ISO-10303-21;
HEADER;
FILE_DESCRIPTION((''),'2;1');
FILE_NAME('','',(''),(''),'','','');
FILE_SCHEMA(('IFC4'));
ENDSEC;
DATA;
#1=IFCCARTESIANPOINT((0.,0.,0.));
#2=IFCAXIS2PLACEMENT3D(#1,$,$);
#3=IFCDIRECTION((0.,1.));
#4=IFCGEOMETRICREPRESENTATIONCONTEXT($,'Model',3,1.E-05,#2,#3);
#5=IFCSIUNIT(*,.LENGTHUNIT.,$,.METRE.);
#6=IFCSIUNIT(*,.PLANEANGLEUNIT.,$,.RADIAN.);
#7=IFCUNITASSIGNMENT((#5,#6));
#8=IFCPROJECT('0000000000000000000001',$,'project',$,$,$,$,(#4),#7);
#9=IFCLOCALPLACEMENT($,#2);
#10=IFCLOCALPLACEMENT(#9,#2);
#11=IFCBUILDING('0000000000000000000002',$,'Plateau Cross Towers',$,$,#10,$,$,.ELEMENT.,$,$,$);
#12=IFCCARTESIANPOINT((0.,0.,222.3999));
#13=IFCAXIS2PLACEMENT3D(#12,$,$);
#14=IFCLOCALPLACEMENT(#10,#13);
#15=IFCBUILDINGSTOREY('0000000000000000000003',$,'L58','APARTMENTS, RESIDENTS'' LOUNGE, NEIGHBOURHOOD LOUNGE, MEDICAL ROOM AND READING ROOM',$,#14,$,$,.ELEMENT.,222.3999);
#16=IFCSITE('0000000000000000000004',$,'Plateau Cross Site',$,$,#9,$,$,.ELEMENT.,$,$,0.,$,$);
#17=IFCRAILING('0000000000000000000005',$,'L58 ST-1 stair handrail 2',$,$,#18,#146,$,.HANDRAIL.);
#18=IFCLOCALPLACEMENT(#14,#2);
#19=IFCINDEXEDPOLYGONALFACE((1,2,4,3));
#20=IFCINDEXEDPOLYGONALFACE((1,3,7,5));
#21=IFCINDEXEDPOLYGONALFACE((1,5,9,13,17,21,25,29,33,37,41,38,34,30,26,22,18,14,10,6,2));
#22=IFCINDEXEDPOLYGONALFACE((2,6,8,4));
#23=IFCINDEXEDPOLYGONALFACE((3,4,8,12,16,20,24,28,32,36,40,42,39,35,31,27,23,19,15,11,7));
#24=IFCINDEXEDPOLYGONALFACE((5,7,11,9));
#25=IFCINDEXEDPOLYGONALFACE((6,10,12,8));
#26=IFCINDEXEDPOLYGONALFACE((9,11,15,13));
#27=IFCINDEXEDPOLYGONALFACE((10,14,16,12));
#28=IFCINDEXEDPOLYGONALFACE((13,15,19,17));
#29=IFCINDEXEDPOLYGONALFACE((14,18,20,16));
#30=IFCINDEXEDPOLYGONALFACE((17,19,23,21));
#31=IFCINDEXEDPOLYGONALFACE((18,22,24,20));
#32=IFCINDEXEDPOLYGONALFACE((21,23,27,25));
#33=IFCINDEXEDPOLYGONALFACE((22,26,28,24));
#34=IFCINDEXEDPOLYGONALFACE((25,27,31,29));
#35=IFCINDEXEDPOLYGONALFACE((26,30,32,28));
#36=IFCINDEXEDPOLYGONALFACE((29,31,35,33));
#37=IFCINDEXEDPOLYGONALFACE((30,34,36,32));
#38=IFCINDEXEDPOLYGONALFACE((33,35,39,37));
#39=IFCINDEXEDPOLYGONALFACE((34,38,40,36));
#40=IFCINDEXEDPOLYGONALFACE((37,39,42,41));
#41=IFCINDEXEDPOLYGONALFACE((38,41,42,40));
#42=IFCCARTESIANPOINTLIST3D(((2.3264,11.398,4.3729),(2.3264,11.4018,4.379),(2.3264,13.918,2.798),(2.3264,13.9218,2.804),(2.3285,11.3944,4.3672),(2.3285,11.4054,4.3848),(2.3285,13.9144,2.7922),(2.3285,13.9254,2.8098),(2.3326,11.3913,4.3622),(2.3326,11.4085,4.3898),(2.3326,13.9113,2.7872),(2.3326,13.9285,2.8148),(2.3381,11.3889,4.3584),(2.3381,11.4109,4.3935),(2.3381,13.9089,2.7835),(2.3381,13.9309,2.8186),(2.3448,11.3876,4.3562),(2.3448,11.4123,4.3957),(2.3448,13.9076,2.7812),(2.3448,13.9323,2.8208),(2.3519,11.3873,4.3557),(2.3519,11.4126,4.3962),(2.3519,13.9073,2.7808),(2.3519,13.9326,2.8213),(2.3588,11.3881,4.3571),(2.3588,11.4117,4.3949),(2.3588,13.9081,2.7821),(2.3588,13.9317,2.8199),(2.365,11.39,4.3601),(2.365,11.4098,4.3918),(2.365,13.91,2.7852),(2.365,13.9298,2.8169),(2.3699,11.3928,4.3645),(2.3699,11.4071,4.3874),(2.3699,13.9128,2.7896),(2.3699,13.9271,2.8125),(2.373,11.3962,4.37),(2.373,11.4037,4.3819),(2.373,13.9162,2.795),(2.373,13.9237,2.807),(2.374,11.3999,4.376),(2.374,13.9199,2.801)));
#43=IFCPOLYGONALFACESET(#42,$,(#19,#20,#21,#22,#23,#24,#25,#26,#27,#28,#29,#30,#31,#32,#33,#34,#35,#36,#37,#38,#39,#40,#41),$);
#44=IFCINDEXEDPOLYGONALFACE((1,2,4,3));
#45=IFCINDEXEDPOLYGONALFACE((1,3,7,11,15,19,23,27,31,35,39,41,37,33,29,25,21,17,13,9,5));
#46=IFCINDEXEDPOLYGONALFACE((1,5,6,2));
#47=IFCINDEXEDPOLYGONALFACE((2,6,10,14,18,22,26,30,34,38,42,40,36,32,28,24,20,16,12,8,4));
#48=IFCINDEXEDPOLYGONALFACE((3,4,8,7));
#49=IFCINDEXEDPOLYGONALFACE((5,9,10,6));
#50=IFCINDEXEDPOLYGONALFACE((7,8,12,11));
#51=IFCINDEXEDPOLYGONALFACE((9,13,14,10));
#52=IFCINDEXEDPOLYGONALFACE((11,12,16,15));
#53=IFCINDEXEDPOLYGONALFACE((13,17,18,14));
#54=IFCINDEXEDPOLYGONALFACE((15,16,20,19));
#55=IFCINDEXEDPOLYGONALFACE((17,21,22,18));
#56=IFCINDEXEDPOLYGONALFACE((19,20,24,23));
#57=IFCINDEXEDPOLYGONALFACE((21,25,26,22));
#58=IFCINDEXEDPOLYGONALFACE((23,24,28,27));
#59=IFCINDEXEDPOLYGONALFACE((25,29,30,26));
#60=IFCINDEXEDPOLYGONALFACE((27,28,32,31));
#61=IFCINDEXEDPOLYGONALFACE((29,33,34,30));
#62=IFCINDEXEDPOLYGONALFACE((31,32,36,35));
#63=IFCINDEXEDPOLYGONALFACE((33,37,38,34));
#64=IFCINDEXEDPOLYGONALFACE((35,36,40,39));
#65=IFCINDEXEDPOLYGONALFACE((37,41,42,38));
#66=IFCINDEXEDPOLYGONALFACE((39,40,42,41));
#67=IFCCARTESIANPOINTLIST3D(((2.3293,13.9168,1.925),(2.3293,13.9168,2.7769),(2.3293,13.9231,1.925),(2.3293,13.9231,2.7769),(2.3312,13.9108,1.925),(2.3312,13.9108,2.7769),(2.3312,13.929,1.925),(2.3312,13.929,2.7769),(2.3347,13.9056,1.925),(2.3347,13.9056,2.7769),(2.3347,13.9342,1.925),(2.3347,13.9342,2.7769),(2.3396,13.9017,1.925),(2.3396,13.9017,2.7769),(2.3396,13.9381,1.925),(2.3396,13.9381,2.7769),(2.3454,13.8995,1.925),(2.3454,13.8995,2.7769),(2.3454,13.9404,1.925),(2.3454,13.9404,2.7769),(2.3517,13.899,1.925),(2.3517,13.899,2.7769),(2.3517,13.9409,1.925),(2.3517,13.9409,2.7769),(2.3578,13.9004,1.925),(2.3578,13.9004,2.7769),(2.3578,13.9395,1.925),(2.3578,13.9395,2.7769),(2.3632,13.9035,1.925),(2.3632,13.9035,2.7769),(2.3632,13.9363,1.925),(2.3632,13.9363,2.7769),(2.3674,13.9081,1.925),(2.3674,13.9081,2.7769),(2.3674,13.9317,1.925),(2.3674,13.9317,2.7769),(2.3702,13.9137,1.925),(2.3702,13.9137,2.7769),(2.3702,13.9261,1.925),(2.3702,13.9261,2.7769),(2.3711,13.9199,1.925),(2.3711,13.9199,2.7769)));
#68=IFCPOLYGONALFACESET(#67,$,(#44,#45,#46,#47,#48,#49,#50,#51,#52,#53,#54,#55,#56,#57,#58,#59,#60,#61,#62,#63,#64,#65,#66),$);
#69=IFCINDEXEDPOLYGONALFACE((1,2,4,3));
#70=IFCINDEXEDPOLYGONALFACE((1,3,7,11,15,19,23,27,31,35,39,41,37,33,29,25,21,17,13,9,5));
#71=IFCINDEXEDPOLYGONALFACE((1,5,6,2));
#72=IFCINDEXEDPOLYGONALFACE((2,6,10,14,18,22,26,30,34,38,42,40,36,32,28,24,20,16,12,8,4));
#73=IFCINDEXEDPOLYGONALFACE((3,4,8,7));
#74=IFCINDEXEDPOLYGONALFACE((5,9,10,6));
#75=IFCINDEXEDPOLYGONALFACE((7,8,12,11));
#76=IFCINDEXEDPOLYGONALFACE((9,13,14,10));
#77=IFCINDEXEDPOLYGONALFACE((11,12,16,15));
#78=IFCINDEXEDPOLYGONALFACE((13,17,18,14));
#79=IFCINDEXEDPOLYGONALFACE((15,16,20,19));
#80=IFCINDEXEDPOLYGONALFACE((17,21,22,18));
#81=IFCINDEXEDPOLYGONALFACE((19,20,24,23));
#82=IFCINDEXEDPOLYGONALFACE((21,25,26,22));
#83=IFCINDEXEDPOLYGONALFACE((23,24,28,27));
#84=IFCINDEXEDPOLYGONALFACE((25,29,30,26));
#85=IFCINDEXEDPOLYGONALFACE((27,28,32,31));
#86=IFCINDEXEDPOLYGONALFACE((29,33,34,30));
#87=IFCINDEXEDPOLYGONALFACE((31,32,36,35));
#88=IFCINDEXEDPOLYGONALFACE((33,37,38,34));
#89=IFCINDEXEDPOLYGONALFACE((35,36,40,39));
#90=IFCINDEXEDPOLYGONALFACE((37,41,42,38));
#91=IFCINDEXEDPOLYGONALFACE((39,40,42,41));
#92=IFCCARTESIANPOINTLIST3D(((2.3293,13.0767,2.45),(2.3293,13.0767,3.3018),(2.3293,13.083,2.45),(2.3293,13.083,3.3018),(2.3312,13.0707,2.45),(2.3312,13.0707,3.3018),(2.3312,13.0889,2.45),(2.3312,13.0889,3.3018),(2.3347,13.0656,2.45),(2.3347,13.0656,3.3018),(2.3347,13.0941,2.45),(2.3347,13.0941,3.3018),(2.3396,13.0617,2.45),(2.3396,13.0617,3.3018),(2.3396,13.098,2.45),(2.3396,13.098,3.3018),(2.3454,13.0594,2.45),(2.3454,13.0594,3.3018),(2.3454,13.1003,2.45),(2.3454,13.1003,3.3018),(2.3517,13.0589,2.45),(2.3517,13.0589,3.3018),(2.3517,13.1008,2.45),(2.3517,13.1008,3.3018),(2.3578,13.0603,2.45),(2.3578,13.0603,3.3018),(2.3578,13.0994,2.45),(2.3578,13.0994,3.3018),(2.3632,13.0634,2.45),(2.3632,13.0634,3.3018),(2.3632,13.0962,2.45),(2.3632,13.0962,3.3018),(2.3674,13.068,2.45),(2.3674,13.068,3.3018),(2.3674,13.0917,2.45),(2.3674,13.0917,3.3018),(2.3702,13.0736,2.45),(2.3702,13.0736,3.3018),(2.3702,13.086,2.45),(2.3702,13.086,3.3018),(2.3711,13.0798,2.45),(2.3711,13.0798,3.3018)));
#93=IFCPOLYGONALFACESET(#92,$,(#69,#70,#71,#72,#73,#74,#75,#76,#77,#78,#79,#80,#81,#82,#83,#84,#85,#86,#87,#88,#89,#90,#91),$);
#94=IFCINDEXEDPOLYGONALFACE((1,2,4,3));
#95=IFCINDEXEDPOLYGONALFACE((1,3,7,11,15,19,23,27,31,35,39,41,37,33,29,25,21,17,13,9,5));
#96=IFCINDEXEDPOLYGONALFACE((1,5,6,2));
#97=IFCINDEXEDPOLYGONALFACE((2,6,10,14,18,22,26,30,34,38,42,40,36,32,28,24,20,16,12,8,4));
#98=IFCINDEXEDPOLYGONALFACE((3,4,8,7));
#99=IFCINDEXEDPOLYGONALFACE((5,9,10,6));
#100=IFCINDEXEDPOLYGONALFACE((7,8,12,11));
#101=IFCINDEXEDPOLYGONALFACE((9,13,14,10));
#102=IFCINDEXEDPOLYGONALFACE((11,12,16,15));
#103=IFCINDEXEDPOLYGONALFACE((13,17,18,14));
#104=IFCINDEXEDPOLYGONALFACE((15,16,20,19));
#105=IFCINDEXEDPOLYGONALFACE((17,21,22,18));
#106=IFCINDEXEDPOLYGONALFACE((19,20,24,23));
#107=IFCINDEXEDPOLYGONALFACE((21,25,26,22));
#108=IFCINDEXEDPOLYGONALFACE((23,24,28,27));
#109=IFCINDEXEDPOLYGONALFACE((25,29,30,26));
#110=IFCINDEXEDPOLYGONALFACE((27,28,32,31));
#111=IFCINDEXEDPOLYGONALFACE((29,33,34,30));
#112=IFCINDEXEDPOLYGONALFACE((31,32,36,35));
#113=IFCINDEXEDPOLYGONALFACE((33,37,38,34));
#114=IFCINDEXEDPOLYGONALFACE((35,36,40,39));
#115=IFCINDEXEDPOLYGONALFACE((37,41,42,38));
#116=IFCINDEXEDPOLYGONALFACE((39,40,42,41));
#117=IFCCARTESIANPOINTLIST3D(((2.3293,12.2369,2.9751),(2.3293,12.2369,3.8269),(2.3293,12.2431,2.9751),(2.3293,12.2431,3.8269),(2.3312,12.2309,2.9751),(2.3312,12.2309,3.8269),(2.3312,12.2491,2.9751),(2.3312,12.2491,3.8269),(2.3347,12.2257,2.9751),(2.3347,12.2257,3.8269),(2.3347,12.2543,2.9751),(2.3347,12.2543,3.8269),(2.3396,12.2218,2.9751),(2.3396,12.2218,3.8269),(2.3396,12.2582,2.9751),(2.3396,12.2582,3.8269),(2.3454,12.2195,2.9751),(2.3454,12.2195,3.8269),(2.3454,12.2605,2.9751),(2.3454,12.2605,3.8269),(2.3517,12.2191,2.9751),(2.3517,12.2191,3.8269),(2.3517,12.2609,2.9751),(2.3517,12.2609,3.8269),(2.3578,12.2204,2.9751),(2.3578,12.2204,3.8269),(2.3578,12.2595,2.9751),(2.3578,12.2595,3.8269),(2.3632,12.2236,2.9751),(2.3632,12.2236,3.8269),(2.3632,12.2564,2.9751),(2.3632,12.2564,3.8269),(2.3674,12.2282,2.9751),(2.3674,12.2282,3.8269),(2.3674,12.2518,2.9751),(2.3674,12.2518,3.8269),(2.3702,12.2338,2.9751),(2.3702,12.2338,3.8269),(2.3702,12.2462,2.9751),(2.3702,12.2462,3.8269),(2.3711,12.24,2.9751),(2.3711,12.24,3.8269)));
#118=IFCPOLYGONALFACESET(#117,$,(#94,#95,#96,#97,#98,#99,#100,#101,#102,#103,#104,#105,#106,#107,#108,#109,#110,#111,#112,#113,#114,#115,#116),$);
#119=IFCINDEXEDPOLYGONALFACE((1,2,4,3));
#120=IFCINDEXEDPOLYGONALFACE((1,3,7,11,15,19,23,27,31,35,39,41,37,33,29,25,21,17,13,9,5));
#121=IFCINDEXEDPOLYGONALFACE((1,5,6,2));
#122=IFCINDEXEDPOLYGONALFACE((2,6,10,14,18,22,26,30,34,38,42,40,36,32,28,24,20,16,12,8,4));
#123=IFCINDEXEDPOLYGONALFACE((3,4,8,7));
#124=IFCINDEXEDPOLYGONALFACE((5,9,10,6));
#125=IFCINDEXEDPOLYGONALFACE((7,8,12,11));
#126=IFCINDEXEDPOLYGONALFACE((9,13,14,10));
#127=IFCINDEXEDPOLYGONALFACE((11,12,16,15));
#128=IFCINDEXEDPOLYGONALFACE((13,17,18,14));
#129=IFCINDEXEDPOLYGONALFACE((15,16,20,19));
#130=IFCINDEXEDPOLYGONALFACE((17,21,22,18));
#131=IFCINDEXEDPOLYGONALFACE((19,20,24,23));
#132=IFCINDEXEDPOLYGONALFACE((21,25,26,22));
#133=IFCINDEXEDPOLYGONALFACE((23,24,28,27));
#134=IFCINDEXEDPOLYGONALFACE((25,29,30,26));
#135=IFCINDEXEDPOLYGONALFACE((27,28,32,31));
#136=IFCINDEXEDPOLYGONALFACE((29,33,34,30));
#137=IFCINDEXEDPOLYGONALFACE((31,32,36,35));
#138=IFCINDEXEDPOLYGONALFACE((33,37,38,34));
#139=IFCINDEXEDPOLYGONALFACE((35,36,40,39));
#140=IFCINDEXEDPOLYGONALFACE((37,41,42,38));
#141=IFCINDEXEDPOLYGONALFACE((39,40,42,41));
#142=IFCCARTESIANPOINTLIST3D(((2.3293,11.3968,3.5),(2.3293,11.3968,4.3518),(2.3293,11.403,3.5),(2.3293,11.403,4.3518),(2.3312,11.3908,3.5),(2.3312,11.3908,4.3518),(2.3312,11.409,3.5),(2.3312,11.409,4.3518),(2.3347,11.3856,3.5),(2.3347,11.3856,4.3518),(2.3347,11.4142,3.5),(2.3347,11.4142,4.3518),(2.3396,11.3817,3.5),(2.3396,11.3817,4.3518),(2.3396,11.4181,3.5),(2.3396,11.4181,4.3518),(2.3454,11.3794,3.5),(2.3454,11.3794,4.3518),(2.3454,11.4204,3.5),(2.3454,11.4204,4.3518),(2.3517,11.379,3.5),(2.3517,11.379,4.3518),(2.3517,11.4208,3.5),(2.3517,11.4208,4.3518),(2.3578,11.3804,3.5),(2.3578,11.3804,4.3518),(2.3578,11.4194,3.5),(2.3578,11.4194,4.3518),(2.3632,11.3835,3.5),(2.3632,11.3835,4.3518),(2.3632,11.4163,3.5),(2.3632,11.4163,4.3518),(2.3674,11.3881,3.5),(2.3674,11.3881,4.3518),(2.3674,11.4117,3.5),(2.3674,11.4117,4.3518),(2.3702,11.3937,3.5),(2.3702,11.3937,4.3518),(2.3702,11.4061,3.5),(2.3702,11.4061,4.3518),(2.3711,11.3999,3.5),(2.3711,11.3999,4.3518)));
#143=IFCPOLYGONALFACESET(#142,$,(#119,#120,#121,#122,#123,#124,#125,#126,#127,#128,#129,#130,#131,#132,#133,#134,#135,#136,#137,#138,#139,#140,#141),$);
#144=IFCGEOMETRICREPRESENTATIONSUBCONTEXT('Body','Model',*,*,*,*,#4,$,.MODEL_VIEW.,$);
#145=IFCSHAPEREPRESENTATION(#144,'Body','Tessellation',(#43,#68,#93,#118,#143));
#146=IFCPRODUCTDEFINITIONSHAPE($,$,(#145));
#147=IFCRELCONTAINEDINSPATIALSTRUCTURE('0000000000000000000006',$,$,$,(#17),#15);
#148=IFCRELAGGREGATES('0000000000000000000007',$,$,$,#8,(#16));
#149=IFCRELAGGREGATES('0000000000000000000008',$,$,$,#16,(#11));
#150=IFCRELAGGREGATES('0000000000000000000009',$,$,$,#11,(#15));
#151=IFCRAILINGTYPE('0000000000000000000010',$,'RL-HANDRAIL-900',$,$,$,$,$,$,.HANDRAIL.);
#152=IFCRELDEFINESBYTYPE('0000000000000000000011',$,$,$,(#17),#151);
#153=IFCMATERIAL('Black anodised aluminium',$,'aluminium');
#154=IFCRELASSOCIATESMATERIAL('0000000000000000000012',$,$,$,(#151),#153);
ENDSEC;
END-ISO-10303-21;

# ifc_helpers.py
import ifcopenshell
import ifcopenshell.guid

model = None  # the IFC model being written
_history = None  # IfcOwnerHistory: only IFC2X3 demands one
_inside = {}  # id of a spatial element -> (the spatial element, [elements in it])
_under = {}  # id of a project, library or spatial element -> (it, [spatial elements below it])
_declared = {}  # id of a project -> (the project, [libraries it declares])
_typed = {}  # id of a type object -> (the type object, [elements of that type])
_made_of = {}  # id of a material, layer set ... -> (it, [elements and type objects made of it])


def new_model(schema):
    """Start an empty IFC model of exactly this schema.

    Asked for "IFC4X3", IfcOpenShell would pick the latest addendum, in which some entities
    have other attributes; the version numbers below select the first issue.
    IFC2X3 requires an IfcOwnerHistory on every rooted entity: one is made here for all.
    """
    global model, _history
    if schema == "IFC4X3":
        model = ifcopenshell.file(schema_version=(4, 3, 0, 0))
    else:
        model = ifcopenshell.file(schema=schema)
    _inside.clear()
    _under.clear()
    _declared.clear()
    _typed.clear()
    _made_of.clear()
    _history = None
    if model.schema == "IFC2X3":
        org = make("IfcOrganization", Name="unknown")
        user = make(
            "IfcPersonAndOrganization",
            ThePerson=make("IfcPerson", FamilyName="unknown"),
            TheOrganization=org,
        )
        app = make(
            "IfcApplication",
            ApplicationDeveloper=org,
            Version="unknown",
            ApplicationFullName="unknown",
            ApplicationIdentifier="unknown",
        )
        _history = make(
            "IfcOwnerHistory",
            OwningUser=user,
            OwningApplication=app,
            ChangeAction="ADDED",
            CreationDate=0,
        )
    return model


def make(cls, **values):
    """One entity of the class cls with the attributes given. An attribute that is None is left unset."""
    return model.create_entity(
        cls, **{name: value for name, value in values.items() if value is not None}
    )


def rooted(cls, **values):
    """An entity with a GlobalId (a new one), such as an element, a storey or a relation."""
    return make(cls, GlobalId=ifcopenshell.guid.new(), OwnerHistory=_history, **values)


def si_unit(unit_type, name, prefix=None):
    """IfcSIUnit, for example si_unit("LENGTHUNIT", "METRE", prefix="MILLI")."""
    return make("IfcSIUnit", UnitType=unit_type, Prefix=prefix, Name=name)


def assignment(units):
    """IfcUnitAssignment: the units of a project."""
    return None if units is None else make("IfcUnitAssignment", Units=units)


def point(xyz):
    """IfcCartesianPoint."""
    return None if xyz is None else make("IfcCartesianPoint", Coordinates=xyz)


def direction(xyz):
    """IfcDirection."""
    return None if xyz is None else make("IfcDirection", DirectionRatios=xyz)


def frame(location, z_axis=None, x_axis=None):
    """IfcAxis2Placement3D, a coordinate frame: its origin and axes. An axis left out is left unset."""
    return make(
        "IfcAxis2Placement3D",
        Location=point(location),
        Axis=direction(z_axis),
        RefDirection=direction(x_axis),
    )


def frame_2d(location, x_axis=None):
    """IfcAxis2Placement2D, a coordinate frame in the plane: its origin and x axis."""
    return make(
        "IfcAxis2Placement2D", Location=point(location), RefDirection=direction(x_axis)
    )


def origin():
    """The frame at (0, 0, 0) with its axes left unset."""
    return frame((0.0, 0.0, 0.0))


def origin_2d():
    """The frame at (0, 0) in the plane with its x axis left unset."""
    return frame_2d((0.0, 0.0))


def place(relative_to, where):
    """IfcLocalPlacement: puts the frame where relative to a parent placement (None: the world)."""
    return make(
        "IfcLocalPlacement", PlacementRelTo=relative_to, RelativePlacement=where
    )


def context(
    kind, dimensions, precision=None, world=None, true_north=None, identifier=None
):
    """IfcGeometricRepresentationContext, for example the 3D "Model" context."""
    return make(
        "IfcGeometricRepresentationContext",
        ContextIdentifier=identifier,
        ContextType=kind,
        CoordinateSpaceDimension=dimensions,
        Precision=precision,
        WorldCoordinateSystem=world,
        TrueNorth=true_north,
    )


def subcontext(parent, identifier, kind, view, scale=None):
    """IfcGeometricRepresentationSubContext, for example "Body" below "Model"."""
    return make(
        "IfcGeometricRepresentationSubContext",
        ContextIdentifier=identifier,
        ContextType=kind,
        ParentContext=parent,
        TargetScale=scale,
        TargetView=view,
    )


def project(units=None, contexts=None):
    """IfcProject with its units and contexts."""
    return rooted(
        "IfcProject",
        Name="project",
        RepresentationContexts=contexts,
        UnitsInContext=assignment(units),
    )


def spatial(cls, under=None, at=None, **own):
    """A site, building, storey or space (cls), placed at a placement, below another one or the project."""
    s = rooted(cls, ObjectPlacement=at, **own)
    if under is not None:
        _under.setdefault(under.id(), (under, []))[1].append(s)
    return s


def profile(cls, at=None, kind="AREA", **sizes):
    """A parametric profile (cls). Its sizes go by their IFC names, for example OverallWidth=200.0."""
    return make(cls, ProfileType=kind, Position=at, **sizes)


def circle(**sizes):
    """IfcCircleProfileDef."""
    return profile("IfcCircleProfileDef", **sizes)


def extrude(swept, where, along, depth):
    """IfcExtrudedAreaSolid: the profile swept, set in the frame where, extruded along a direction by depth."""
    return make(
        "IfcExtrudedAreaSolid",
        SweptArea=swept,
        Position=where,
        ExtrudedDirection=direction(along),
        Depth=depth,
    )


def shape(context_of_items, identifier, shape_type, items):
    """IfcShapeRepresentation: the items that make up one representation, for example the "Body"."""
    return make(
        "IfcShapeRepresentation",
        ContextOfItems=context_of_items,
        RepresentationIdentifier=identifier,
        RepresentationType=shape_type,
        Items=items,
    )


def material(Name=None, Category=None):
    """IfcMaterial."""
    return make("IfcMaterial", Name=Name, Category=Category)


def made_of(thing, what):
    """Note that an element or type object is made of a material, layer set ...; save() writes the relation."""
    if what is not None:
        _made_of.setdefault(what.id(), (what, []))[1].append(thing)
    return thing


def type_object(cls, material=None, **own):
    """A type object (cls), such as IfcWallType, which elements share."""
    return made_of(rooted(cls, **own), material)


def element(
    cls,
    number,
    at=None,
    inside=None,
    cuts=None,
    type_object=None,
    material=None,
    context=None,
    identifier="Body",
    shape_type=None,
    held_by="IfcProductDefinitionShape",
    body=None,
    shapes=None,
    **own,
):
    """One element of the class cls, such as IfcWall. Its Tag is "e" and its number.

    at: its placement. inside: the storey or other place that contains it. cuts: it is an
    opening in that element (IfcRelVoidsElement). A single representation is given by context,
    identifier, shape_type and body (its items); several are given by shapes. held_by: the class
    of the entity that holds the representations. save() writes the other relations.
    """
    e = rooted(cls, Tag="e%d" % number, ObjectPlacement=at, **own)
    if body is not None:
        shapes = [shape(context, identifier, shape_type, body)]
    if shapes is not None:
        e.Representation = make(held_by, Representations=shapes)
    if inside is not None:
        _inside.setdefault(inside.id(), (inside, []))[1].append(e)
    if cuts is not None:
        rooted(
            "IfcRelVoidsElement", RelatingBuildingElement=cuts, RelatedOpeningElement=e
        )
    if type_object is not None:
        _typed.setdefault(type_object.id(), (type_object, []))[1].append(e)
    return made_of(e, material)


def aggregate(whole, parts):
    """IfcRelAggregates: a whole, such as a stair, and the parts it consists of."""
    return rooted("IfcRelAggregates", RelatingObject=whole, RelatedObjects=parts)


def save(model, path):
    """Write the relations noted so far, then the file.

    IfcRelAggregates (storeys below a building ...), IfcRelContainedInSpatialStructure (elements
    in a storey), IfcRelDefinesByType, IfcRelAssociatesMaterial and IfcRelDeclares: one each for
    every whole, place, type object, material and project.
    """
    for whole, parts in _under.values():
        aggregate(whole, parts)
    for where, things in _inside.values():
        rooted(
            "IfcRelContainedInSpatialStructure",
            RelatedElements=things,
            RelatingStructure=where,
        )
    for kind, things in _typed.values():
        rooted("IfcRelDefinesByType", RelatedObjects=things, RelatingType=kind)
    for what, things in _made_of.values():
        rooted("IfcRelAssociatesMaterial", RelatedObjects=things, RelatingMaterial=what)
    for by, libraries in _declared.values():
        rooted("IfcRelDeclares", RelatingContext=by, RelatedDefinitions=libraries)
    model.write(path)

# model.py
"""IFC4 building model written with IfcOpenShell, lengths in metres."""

from ifc_helpers import new_model, si_unit, direction, frame, origin, origin_2d, place, context, subcontext, project, spatial, circle, extrude, material, type_object, element, save


model = new_model("IFC4")

# Units and contexts
model_context = context("Model", 3, precision=1e-05, world=origin(), true_north=direction((0.0, 1.0)))
body_context = subcontext(model_context, "Body", "Model", "MODEL_VIEW")
ifc_project = project(units=[si_unit("LENGTHUNIT", "METRE"), si_unit("PLANEANGLEUNIT", "RADIAN")], contexts=[model_context])

# Site, building, storey
site_placement = place(None, origin())
site = spatial("IfcSite", under=ifc_project, at=site_placement, Name="Plateau Cross Site", CompositionType="ELEMENT", RefElevation=0.0)
building_placement = place(site_placement, origin())
building = spatial("IfcBuilding", under=site, at=building_placement, Name="Plateau Cross Towers", CompositionType="ELEMENT")
storey_placement = place(building_placement, frame((0.0, 0.0, 222.3999)))
storey = spatial("IfcBuildingStorey", under=building, at=storey_placement, Name="L58", Description="APARTMENTS, RESIDENTS' LOUNGE, NEIGHBOURHOOD LOUNGE, MEDICAL ROOM AND READING ROOM", CompositionType="ELEMENT", Elevation=222.3999)

# Shared definitions
ifc_material_1 = material(Name="Black anodised aluminium", Category="aluminium")

# Railing
railing_type_1 = type_object("IfcRailingType", Name="RL-HANDRAIL-900", PredefinedType="HANDRAIL", material=ifc_material_1)
railing_1_placement = place(storey_placement, frame((2.3501, 13.9199, 1.925)))
element("IfcRailing", 1, at=railing_1_placement, inside=storey, type_object=railing_type_1, Name="L58 ST-1 stair handrail 2", PredefinedType="HANDRAIL", context=body_context, shape_type="SweptSolid", body=[
    extrude(circle(Radius=0.0239, at=origin_2d()), frame((0.0, 0.0, 0.876), z_axis=(0.0, -0.848008, 0.529984), x_axis=(1.0, 0.0, 0.0)), (0.0, 0.0, 1.0), 2.9717),
    extrude(circle(Radius=0.021, at=origin_2d()), origin(), (0.0, 0.0, 1.0), 0.8518),
    extrude(circle(Radius=0.021, at=origin_2d()), frame((0.0, -0.8401, 0.5249)), (0.0, 0.0, 1.0), 0.8518),
    extrude(circle(Radius=0.021, at=origin_2d()), frame((0.0, -1.6799, 1.05)), (0.0, 0.0, 1.0), 0.8518),
    extrude(circle(Radius=0.021, at=origin_2d()), frame((0.0, -2.52, 1.575)), (0.0, 0.0, 1.0), 0.8518),
])

save(model, "model.ifc")
